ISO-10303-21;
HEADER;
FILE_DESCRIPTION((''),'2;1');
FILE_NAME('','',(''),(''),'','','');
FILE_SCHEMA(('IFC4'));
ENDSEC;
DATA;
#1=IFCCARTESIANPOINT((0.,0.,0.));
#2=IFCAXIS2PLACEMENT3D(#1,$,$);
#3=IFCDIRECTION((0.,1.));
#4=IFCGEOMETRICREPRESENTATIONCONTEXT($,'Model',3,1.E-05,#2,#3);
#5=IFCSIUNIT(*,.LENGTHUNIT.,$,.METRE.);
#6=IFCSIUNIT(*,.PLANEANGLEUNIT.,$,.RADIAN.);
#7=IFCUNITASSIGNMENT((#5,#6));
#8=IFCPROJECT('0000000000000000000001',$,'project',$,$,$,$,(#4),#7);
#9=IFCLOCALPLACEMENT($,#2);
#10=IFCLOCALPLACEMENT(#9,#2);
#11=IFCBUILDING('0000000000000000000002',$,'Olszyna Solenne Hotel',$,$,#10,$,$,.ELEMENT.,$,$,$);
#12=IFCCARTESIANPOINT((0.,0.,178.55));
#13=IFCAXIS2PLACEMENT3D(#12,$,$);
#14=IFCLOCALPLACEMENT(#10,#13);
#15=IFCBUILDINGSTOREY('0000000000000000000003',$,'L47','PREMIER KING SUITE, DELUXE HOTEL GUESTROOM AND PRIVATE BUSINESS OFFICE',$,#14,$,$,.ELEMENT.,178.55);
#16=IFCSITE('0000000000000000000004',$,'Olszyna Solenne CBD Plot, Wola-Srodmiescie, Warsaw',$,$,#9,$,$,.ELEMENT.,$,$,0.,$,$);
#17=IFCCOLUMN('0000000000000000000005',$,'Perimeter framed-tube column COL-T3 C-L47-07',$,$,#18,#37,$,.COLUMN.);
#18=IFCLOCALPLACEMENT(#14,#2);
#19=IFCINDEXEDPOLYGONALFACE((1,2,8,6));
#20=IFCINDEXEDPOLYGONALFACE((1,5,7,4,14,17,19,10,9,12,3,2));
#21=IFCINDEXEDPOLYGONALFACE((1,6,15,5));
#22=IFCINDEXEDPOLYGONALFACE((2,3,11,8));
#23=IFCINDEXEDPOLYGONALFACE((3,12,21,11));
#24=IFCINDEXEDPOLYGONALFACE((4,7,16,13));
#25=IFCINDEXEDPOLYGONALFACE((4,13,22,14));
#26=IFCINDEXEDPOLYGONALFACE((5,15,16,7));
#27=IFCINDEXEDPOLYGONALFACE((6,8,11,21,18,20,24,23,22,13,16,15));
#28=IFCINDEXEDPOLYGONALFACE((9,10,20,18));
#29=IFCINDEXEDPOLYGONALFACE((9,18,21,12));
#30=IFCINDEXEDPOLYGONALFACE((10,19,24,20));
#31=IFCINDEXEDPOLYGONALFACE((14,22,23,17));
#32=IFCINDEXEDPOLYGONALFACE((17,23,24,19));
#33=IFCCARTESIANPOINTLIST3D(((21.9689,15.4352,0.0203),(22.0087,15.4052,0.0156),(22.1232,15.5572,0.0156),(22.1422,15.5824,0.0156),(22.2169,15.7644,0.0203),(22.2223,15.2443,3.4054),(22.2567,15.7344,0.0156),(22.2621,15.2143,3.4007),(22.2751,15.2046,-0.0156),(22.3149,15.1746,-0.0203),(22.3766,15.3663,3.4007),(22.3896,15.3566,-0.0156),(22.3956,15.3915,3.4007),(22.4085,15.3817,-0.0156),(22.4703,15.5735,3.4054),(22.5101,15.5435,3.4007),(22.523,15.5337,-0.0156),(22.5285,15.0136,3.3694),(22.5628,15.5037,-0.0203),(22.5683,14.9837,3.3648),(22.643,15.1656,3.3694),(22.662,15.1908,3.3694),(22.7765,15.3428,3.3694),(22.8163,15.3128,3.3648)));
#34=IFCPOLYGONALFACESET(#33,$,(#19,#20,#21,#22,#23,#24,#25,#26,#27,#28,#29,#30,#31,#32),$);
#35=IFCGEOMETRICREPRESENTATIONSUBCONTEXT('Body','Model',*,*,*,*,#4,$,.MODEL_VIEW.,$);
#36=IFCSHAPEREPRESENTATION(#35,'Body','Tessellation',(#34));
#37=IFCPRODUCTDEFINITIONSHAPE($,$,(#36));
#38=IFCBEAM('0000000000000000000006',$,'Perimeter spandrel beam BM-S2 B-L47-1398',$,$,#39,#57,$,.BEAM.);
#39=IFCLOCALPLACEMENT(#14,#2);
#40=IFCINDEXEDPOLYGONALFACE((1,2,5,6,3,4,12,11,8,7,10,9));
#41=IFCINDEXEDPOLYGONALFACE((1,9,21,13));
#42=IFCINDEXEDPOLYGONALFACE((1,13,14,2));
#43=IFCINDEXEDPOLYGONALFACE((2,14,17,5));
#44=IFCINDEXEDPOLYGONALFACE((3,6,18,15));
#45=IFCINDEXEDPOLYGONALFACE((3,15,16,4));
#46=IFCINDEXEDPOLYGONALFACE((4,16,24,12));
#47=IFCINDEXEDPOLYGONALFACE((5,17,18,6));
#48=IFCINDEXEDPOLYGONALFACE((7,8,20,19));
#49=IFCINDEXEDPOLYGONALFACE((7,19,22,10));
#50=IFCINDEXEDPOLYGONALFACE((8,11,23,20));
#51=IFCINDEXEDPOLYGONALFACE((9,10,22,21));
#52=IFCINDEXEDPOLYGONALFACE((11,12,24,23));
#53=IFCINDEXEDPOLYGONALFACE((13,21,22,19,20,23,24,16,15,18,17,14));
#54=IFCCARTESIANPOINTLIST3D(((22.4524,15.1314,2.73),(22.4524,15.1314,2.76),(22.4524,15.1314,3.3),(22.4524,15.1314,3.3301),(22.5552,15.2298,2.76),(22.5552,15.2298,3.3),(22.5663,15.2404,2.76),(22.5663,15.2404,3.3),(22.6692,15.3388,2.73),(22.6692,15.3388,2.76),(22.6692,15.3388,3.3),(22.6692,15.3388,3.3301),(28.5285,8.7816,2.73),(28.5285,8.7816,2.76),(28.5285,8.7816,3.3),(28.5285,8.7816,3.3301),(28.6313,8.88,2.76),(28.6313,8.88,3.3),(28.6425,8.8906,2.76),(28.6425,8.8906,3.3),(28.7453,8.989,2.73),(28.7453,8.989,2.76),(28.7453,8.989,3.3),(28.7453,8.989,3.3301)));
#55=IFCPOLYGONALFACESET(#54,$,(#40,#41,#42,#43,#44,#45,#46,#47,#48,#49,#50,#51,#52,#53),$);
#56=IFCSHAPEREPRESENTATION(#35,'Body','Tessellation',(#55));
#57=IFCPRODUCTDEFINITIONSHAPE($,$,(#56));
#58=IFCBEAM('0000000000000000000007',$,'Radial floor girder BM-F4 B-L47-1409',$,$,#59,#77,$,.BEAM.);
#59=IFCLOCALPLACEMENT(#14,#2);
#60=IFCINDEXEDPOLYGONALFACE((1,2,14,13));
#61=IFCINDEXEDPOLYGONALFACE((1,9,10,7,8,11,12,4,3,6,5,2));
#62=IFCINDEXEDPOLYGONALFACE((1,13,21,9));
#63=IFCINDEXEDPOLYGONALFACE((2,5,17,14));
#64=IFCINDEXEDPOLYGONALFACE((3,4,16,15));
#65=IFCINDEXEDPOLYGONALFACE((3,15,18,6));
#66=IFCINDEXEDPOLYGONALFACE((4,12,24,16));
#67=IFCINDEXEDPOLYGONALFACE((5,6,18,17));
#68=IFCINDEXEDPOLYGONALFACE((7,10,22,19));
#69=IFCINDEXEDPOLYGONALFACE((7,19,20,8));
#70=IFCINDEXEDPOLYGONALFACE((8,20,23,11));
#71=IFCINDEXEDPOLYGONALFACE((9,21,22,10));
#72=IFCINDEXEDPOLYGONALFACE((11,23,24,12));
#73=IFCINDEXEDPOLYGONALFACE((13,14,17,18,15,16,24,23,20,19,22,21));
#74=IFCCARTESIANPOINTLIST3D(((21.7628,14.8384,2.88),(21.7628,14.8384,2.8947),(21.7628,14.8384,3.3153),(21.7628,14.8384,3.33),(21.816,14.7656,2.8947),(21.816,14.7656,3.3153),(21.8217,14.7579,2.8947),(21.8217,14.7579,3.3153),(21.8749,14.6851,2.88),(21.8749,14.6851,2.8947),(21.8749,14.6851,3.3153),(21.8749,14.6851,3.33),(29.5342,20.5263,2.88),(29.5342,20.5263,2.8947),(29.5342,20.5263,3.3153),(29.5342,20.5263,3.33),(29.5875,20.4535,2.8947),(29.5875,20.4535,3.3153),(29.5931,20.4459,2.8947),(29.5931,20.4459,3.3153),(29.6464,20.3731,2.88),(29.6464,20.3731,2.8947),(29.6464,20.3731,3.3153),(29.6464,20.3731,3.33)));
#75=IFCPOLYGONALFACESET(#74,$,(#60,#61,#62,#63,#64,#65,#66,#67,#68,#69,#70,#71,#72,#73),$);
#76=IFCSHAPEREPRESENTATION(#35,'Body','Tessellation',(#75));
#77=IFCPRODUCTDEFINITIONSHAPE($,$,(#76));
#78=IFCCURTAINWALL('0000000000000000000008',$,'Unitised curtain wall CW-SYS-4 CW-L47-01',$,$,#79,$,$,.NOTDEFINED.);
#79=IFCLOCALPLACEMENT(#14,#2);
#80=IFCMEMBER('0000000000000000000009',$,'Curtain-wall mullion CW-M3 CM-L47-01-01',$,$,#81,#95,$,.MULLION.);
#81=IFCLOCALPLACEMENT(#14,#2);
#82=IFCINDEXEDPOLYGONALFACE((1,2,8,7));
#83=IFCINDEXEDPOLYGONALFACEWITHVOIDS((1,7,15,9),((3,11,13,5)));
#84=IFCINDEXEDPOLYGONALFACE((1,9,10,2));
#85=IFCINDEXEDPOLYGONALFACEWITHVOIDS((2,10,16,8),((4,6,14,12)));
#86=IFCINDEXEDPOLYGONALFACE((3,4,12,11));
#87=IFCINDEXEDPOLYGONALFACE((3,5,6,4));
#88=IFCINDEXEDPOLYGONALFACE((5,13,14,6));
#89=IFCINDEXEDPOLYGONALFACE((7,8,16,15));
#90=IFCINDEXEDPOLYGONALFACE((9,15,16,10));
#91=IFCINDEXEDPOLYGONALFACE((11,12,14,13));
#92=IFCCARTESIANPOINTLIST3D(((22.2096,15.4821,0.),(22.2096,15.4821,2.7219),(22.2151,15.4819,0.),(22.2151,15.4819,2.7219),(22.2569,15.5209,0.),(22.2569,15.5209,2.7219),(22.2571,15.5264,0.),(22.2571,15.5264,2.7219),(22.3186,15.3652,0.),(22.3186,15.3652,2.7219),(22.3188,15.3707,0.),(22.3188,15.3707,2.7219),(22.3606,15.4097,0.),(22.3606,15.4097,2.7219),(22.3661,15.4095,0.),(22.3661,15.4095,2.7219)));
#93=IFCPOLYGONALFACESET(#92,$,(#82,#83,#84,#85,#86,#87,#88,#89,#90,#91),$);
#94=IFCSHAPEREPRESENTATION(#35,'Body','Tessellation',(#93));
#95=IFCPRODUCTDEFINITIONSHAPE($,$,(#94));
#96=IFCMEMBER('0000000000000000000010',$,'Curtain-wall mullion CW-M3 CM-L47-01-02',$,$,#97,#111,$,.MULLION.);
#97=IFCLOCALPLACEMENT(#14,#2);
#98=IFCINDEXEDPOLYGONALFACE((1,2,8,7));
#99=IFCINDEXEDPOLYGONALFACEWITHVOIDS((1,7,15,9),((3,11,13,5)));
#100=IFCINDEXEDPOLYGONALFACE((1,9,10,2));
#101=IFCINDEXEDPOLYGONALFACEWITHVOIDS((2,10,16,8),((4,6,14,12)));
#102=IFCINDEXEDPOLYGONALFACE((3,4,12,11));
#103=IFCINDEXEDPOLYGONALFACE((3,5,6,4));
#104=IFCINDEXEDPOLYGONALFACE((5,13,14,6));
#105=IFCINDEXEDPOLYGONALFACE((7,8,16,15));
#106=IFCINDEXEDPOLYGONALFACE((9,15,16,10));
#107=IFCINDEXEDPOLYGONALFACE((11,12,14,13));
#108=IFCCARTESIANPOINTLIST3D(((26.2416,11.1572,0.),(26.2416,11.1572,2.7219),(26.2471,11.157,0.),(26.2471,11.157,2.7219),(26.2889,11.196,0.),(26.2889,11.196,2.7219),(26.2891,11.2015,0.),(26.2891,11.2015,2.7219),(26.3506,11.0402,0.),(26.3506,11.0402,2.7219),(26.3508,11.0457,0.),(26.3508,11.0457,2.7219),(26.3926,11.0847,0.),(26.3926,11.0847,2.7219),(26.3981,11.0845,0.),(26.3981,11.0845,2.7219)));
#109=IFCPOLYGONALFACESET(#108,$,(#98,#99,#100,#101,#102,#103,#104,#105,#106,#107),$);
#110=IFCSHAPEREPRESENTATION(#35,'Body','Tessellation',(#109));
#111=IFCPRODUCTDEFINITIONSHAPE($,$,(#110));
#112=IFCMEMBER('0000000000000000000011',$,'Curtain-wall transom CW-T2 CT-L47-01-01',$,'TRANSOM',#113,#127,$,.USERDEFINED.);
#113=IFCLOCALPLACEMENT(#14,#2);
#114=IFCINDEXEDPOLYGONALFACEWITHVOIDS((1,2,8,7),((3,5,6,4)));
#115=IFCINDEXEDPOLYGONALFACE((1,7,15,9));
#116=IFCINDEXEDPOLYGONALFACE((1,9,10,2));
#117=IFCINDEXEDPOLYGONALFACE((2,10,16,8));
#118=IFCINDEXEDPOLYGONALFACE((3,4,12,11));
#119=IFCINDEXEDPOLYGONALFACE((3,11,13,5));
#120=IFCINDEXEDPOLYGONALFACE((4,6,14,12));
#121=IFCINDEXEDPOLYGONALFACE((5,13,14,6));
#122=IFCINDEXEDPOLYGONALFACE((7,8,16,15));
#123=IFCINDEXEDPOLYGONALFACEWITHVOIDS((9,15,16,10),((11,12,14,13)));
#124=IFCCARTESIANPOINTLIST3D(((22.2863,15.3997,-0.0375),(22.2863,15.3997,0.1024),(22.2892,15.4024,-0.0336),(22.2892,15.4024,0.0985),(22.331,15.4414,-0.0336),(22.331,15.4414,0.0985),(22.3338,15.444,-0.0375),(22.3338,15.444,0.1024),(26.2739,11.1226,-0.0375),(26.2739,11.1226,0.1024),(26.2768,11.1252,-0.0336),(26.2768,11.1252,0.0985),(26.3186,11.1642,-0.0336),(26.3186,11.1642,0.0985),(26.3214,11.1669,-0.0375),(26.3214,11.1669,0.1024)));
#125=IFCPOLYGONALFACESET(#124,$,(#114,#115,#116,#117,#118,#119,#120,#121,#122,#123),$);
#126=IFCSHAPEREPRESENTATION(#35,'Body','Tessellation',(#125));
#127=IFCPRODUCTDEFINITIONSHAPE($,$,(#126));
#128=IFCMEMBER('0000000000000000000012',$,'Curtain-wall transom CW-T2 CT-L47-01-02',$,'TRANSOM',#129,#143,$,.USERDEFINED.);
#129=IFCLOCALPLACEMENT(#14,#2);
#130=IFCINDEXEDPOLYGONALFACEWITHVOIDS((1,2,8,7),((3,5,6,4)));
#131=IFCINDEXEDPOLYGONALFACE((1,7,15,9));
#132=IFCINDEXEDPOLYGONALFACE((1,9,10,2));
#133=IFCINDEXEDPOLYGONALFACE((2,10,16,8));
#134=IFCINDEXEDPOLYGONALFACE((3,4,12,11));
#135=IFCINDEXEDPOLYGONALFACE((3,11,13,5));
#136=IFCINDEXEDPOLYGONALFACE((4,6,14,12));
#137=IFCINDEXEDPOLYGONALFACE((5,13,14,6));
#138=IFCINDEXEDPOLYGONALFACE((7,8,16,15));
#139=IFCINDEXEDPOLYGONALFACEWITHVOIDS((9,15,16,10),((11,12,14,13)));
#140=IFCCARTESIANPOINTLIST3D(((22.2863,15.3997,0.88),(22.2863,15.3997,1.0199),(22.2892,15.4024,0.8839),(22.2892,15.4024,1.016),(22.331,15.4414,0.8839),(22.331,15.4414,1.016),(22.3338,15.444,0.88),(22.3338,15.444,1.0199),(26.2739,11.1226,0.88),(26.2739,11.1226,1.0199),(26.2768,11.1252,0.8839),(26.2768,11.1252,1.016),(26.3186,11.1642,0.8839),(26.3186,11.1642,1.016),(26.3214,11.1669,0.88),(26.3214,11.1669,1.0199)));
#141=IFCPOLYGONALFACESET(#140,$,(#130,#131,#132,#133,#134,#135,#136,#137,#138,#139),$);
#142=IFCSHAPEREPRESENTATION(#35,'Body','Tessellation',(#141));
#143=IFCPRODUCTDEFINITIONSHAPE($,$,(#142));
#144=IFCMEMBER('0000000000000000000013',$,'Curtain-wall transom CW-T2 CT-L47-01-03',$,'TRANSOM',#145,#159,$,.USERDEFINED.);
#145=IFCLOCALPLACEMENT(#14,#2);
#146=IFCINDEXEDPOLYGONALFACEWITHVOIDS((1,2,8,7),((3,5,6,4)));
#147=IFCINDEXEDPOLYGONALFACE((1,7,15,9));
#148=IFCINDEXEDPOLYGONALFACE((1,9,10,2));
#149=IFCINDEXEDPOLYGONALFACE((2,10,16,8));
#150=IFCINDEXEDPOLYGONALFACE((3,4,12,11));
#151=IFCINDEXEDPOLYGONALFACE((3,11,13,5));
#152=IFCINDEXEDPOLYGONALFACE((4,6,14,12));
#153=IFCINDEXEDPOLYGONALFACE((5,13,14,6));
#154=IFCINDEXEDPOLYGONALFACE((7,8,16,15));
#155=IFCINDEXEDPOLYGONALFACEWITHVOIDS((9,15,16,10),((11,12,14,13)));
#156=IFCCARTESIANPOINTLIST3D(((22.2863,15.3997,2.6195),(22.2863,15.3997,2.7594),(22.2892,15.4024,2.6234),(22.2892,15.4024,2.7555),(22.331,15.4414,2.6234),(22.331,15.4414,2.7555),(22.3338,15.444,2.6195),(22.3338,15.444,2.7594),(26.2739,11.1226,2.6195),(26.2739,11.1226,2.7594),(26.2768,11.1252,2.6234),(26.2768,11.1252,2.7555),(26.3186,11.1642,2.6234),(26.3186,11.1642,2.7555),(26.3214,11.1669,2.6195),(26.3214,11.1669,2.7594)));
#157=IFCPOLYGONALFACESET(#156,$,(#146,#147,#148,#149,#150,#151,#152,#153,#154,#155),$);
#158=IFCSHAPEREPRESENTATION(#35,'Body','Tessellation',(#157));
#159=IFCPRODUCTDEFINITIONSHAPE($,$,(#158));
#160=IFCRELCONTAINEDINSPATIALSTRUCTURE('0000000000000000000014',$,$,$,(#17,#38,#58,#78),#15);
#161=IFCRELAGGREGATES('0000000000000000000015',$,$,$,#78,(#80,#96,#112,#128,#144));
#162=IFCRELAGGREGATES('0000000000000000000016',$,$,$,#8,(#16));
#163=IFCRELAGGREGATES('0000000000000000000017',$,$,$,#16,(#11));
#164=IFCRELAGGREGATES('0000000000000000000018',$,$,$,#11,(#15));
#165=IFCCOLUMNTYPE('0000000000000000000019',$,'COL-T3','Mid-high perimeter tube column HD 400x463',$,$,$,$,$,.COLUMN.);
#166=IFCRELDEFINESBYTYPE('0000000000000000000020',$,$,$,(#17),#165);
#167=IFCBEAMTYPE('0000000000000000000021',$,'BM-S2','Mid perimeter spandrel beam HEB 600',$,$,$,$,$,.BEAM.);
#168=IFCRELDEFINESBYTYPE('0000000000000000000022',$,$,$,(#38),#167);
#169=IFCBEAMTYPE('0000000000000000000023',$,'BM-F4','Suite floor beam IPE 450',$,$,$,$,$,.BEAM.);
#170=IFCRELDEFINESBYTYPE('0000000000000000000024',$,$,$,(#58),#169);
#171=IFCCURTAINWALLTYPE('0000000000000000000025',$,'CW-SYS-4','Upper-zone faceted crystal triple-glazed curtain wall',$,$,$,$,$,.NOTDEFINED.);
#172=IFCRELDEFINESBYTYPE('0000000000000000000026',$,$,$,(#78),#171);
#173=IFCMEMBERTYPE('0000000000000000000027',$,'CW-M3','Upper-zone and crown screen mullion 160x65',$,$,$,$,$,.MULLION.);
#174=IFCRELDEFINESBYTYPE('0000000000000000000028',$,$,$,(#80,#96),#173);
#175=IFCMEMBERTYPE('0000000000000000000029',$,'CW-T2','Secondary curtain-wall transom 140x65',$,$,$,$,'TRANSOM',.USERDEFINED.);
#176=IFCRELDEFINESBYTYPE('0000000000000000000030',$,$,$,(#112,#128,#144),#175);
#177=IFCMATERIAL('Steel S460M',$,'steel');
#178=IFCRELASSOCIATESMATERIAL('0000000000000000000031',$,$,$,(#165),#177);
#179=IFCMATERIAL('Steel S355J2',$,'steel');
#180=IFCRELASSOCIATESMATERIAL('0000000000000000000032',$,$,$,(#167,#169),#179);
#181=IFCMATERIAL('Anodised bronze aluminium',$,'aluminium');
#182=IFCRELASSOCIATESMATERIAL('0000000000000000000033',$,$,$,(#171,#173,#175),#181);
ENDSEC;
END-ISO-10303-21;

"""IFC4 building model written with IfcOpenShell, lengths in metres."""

from ifc_helpers import new_model, si_unit, direction, frame, origin, origin_2d, place, context, subcontext, project, spatial, hollow_rectangle, i_section, extrude, source, transform, mapped, material, material_profile, profile_set, type_object, element, aggregate, save


model = new_model("IFC4")

# Units and contexts
model_context = context("Model", 3, precision=1e-05, world=origin(), true_north=direction((0.0, 1.0)))
body_context = subcontext(model_context, "Body", "Model", "MODEL_VIEW")
ifc_project = project(units=[si_unit("LENGTHUNIT", "METRE"), si_unit("PLANEANGLEUNIT", "RADIAN")], contexts=[model_context])

# Site, building, storey
site_placement = place(None, origin())
site = spatial("IfcSite", under=ifc_project, at=site_placement, Name="Olszyna Solenne CBD Plot, Wola-Srodmiescie, Warsaw", CompositionType="ELEMENT", RefElevation=0.0)
building_placement = place(site_placement, origin())
building = spatial("IfcBuilding", under=site, at=building_placement, Name="Olszyna Solenne Hotel", CompositionType="ELEMENT")
storey_placement = place(building_placement, frame((0.0, 0.0, 178.55)))
storey = spatial("IfcBuildingStorey", under=building, at=storey_placement, Name="L47", Description="PREMIER KING SUITE, DELUXE HOTEL GUESTROOM AND PRIVATE BUSINESS OFFICE", CompositionType="ELEMENT", Elevation=178.55)

# Column
ifc_material_1 = material(Name="Steel S460M", Category="steel")
ifc_material_profile_1 = material_profile(ifc_material_1, i_section(OverallWidth=0.4121, OverallDepth=0.4351, WebThickness=0.0315, FlangeThickness=0.05, at=origin_2d()), Name="HD 400x463", Category="load-bearing")
ifc_profile_set_1 = profile_set([ifc_material_profile_1], Name="Steel S460M")
column_type = type_object("IfcColumnType", Name="COL-T3", Description="Mid-high perimeter tube column HD 400x463", PredefinedType="COLUMN", material=ifc_profile_set_1)
shared_shape_1 = source(origin(), body_context, "Body", "SweptSolid", [
    extrude(i_section(OverallWidth=0.4121, OverallDepth=0.4351, WebThickness=0.0315, FlangeThickness=0.05, at=origin_2d()), origin(), (0.0, 0.0, 1.0), 3.3999),
])
column_placement = place(storey_placement, frame((22.2659, 15.4695, 0.0), z_axis=(0.074538, -0.056155, 0.995636), x_axis=(0.601722, 0.798705, 0.0)))
element("IfcColumn", 1, at=column_placement, inside=storey, type_object=column_type, Name="Perimeter framed-tube column COL-T3 C-L47-07", PredefinedType="COLUMN", context=body_context, shape_type="MappedRepresentation", body=[
    mapped(shared_shape_1, transform((0.0, 0.0, 0.0), x_axis=(1.0, 0.0, 0.0), y_axis=(0.0, 1.0, 0.0), z_axis=(0.0, 0.0, 1.0), scale=1.0)),
])

# Beams
ifc_material_2 = material(Name="Steel S355J2", Category="steel")
ifc_material_profile_2 = material_profile(ifc_material_2, i_section(OverallWidth=0.3, OverallDepth=0.6001, WebThickness=0.0154, FlangeThickness=0.03, at=origin_2d()), Name="HEB 600", Category="load-bearing")
ifc_profile_set_2 = profile_set([ifc_material_profile_2], Name="Steel S355J2")
beam_type_1 = type_object("IfcBeamType", Name="BM-S2", Description="Mid perimeter spandrel beam HEB 600", PredefinedType="BEAM", material=ifc_profile_set_2)
shared_shape_2 = source(origin(), body_context, "Body", "SweptSolid", [
    extrude(i_section(OverallWidth=0.3, OverallDepth=0.6001, WebThickness=0.0154, FlangeThickness=0.03, at=origin_2d()), origin(), (0.0, 0.0, 1.0), 8.7886),
])
beam_1_placement = place(storey_placement, frame((22.5608, 15.2351, 3.03), z_axis=(0.691365, -0.722505, 0.0), x_axis=(0.722505, 0.691365, 0.0)))
element("IfcBeam", 2, at=beam_1_placement, inside=storey, type_object=beam_type_1, Name="Perimeter spandrel beam BM-S2 B-L47-1398", PredefinedType="BEAM", context=body_context, shape_type="MappedRepresentation", body=[
    mapped(shared_shape_2, transform((0.0, 0.0, 0.0), x_axis=(1.0, 0.0, 0.0), y_axis=(0.0, 1.0, 0.0), z_axis=(0.0, 0.0, 1.0), scale=1.0)),
])
ifc_material_profile_3 = material_profile(ifc_material_2, i_section(OverallWidth=0.1899, OverallDepth=0.45, WebThickness=0.0095, FlangeThickness=0.0146, at=origin_2d()), Name="IPE 450", Category="load-bearing")
ifc_profile_set_3 = profile_set([ifc_material_profile_3], Name="Steel S355J2")
beam_type_2 = type_object("IfcBeamType", Name="BM-F4", Description="Suite floor beam IPE 450", PredefinedType="BEAM", material=ifc_profile_set_3)
shared_shape_3 = source(origin(), body_context, "Body", "SweptSolid", [
    extrude(i_section(OverallWidth=0.1899, OverallDepth=0.45, WebThickness=0.0095, FlangeThickness=0.0146, at=origin_2d()), origin(), (0.0, 0.0, 1.0), 9.6306),
])
beam_2_placement = place(storey_placement, frame((21.8188, 14.7617, 3.105), z_axis=(0.806954, 0.590614, 0.0), x_axis=(-0.590614, 0.806954, 0.0)))
element("IfcBeam", 3, at=beam_2_placement, inside=storey, type_object=beam_type_2, Name="Radial floor girder BM-F4 B-L47-1409", PredefinedType="BEAM", context=body_context, shape_type="MappedRepresentation", body=[
    mapped(shared_shape_3, transform((0.0, 0.0, 0.0), x_axis=(1.0, 0.0, 0.0), y_axis=(0.0, 1.0, 0.0), z_axis=(0.0, 0.0, 1.0), scale=1.0)),
])

# Curtain wall, members
ifc_material_3 = material(Name="Anodised bronze aluminium", Category="aluminium")
curtain_wall_type = type_object("IfcCurtainWallType", Name="CW-SYS-4", Description="Upper-zone faceted crystal triple-glazed curtain wall", PredefinedType="NOTDEFINED", material=ifc_material_3)
curtain_wall_placement = place(storey_placement, origin())
curtain_wall = element("IfcCurtainWall", 4, at=curtain_wall_placement, inside=storey, type_object=curtain_wall_type, Name="Unitised curtain wall CW-SYS-4 CW-L47-01", PredefinedType="NOTDEFINED")
ifc_material_profile_4 = material_profile(ifc_material_3, hollow_rectangle(XDim=0.0649, YDim=0.1599, WallThickness=0.0039, at=origin_2d()), Name="MULL 160x65x4", Category="load-bearing")
ifc_profile_set_4 = profile_set([ifc_material_profile_4], Name="Anodised bronze aluminium")
member_type_1 = type_object("IfcMemberType", Name="CW-M3", Description="Upper-zone and crown screen mullion 160x65", PredefinedType="MULLION", material=ifc_profile_set_4)
shared_shape_4 = source(origin(), body_context, "Body", "SweptSolid", [
    extrude(hollow_rectangle(XDim=0.0649, YDim=0.1599, WallThickness=0.0039, at=origin_2d()), origin(), (0.0, 0.0, 1.0), 2.7219),
])
member_1_placement = place(storey_placement, frame((22.2878, 15.4458, 0.0), z_axis=(0.0, 0.0, 1.0), x_axis=(0.731446, 0.681899, 0.0)))
member_1 = element("IfcMember", 5, at=member_1_placement, type_object=member_type_1, Name="Curtain-wall mullion CW-M3 CM-L47-01-01", PredefinedType="MULLION", context=body_context, shape_type="MappedRepresentation", body=[
    mapped(shared_shape_4, transform((0.0, 0.0, 0.0), x_axis=(1.0, 0.0, 0.0), y_axis=(0.0, 1.0, 0.0), z_axis=(0.0, 0.0, 1.0), scale=1.0)),
])
member_2_placement = place(storey_placement, frame((26.3198, 11.1208, 0.0), z_axis=(0.0, 0.0, 1.0), x_axis=(0.731446, 0.681899, 0.0)))
member_2 = element("IfcMember", 6, at=member_2_placement, type_object=member_type_1, Name="Curtain-wall mullion CW-M3 CM-L47-01-02", PredefinedType="MULLION", context=body_context, shape_type="MappedRepresentation", body=[
    mapped(shared_shape_4, transform((0.0, 0.0, 0.0), x_axis=(1.0, 0.0, 0.0), y_axis=(0.0, 1.0, 0.0), z_axis=(0.0, 0.0, 1.0), scale=1.0)),
])
ifc_material_profile_5 = material_profile(ifc_material_3, hollow_rectangle(XDim=0.0649, YDim=0.1399, WallThickness=0.0039, at=origin_2d()), Name="TRAN 140x65x4", Category="load-bearing")
ifc_profile_set_5 = profile_set([ifc_material_profile_5], Name="Anodised bronze aluminium")
member_type_2 = type_object("IfcMemberType", Name="CW-T2", Description="Secondary curtain-wall transom 140x65", ElementType="TRANSOM", PredefinedType="USERDEFINED", material=ifc_profile_set_5)
shared_shape_5 = source(origin(), body_context, "Body", "SweptSolid", [
    extrude(hollow_rectangle(XDim=0.0649, YDim=0.1399, WallThickness=0.0039, at=origin_2d()), origin(), (0.0, 0.0, 1.0), 5.8477),
])
member_3_placement = place(storey_placement, frame((22.3101, 15.4219, 0.0325), z_axis=(0.681915, -0.731431, 0.0), x_axis=(0.731431, 0.681915, 0.0)))
member_3 = element("IfcMember", 7, at=member_3_placement, type_object=member_type_2, Name="Curtain-wall transom CW-T2 CT-L47-01-01", ObjectType="TRANSOM", PredefinedType="USERDEFINED", context=body_context, shape_type="MappedRepresentation", body=[
    mapped(shared_shape_5, transform((0.0, 0.0, 0.0), x_axis=(1.0, 0.0, 0.0), y_axis=(0.0, 1.0, 0.0), z_axis=(0.0, 0.0, 1.0), scale=1.0)),
])
member_4_placement = place(storey_placement, frame((22.3101, 15.4219, 0.95), z_axis=(0.681915, -0.731431, 0.0), x_axis=(0.731431, 0.681915, 0.0)))
member_4 = element("IfcMember", 8, at=member_4_placement, type_object=member_type_2, Name="Curtain-wall transom CW-T2 CT-L47-01-02", ObjectType="TRANSOM", PredefinedType="USERDEFINED", context=body_context, shape_type="MappedRepresentation", body=[
    mapped(shared_shape_5, transform((0.0, 0.0, 0.0), x_axis=(1.0, 0.0, 0.0), y_axis=(0.0, 1.0, 0.0), z_axis=(0.0, 0.0, 1.0), scale=1.0)),
])
member_5_placement = place(storey_placement, frame((22.3101, 15.4219, 2.6895), z_axis=(0.681915, -0.731431, 0.0), x_axis=(0.731431, 0.681915, 0.0)))
member_5 = element("IfcMember", 9, at=member_5_placement, type_object=member_type_2, Name="Curtain-wall transom CW-T2 CT-L47-01-03", ObjectType="TRANSOM", PredefinedType="USERDEFINED", context=body_context, shape_type="MappedRepresentation", body=[
    mapped(shared_shape_5, transform((0.0, 0.0, 0.0), x_axis=(1.0, 0.0, 0.0), y_axis=(0.0, 1.0, 0.0), z_axis=(0.0, 0.0, 1.0), scale=1.0)),
])

aggregate(curtain_wall, [member_1, member_2, member_3, member_4, member_5])

save(model, "model.ifc")
